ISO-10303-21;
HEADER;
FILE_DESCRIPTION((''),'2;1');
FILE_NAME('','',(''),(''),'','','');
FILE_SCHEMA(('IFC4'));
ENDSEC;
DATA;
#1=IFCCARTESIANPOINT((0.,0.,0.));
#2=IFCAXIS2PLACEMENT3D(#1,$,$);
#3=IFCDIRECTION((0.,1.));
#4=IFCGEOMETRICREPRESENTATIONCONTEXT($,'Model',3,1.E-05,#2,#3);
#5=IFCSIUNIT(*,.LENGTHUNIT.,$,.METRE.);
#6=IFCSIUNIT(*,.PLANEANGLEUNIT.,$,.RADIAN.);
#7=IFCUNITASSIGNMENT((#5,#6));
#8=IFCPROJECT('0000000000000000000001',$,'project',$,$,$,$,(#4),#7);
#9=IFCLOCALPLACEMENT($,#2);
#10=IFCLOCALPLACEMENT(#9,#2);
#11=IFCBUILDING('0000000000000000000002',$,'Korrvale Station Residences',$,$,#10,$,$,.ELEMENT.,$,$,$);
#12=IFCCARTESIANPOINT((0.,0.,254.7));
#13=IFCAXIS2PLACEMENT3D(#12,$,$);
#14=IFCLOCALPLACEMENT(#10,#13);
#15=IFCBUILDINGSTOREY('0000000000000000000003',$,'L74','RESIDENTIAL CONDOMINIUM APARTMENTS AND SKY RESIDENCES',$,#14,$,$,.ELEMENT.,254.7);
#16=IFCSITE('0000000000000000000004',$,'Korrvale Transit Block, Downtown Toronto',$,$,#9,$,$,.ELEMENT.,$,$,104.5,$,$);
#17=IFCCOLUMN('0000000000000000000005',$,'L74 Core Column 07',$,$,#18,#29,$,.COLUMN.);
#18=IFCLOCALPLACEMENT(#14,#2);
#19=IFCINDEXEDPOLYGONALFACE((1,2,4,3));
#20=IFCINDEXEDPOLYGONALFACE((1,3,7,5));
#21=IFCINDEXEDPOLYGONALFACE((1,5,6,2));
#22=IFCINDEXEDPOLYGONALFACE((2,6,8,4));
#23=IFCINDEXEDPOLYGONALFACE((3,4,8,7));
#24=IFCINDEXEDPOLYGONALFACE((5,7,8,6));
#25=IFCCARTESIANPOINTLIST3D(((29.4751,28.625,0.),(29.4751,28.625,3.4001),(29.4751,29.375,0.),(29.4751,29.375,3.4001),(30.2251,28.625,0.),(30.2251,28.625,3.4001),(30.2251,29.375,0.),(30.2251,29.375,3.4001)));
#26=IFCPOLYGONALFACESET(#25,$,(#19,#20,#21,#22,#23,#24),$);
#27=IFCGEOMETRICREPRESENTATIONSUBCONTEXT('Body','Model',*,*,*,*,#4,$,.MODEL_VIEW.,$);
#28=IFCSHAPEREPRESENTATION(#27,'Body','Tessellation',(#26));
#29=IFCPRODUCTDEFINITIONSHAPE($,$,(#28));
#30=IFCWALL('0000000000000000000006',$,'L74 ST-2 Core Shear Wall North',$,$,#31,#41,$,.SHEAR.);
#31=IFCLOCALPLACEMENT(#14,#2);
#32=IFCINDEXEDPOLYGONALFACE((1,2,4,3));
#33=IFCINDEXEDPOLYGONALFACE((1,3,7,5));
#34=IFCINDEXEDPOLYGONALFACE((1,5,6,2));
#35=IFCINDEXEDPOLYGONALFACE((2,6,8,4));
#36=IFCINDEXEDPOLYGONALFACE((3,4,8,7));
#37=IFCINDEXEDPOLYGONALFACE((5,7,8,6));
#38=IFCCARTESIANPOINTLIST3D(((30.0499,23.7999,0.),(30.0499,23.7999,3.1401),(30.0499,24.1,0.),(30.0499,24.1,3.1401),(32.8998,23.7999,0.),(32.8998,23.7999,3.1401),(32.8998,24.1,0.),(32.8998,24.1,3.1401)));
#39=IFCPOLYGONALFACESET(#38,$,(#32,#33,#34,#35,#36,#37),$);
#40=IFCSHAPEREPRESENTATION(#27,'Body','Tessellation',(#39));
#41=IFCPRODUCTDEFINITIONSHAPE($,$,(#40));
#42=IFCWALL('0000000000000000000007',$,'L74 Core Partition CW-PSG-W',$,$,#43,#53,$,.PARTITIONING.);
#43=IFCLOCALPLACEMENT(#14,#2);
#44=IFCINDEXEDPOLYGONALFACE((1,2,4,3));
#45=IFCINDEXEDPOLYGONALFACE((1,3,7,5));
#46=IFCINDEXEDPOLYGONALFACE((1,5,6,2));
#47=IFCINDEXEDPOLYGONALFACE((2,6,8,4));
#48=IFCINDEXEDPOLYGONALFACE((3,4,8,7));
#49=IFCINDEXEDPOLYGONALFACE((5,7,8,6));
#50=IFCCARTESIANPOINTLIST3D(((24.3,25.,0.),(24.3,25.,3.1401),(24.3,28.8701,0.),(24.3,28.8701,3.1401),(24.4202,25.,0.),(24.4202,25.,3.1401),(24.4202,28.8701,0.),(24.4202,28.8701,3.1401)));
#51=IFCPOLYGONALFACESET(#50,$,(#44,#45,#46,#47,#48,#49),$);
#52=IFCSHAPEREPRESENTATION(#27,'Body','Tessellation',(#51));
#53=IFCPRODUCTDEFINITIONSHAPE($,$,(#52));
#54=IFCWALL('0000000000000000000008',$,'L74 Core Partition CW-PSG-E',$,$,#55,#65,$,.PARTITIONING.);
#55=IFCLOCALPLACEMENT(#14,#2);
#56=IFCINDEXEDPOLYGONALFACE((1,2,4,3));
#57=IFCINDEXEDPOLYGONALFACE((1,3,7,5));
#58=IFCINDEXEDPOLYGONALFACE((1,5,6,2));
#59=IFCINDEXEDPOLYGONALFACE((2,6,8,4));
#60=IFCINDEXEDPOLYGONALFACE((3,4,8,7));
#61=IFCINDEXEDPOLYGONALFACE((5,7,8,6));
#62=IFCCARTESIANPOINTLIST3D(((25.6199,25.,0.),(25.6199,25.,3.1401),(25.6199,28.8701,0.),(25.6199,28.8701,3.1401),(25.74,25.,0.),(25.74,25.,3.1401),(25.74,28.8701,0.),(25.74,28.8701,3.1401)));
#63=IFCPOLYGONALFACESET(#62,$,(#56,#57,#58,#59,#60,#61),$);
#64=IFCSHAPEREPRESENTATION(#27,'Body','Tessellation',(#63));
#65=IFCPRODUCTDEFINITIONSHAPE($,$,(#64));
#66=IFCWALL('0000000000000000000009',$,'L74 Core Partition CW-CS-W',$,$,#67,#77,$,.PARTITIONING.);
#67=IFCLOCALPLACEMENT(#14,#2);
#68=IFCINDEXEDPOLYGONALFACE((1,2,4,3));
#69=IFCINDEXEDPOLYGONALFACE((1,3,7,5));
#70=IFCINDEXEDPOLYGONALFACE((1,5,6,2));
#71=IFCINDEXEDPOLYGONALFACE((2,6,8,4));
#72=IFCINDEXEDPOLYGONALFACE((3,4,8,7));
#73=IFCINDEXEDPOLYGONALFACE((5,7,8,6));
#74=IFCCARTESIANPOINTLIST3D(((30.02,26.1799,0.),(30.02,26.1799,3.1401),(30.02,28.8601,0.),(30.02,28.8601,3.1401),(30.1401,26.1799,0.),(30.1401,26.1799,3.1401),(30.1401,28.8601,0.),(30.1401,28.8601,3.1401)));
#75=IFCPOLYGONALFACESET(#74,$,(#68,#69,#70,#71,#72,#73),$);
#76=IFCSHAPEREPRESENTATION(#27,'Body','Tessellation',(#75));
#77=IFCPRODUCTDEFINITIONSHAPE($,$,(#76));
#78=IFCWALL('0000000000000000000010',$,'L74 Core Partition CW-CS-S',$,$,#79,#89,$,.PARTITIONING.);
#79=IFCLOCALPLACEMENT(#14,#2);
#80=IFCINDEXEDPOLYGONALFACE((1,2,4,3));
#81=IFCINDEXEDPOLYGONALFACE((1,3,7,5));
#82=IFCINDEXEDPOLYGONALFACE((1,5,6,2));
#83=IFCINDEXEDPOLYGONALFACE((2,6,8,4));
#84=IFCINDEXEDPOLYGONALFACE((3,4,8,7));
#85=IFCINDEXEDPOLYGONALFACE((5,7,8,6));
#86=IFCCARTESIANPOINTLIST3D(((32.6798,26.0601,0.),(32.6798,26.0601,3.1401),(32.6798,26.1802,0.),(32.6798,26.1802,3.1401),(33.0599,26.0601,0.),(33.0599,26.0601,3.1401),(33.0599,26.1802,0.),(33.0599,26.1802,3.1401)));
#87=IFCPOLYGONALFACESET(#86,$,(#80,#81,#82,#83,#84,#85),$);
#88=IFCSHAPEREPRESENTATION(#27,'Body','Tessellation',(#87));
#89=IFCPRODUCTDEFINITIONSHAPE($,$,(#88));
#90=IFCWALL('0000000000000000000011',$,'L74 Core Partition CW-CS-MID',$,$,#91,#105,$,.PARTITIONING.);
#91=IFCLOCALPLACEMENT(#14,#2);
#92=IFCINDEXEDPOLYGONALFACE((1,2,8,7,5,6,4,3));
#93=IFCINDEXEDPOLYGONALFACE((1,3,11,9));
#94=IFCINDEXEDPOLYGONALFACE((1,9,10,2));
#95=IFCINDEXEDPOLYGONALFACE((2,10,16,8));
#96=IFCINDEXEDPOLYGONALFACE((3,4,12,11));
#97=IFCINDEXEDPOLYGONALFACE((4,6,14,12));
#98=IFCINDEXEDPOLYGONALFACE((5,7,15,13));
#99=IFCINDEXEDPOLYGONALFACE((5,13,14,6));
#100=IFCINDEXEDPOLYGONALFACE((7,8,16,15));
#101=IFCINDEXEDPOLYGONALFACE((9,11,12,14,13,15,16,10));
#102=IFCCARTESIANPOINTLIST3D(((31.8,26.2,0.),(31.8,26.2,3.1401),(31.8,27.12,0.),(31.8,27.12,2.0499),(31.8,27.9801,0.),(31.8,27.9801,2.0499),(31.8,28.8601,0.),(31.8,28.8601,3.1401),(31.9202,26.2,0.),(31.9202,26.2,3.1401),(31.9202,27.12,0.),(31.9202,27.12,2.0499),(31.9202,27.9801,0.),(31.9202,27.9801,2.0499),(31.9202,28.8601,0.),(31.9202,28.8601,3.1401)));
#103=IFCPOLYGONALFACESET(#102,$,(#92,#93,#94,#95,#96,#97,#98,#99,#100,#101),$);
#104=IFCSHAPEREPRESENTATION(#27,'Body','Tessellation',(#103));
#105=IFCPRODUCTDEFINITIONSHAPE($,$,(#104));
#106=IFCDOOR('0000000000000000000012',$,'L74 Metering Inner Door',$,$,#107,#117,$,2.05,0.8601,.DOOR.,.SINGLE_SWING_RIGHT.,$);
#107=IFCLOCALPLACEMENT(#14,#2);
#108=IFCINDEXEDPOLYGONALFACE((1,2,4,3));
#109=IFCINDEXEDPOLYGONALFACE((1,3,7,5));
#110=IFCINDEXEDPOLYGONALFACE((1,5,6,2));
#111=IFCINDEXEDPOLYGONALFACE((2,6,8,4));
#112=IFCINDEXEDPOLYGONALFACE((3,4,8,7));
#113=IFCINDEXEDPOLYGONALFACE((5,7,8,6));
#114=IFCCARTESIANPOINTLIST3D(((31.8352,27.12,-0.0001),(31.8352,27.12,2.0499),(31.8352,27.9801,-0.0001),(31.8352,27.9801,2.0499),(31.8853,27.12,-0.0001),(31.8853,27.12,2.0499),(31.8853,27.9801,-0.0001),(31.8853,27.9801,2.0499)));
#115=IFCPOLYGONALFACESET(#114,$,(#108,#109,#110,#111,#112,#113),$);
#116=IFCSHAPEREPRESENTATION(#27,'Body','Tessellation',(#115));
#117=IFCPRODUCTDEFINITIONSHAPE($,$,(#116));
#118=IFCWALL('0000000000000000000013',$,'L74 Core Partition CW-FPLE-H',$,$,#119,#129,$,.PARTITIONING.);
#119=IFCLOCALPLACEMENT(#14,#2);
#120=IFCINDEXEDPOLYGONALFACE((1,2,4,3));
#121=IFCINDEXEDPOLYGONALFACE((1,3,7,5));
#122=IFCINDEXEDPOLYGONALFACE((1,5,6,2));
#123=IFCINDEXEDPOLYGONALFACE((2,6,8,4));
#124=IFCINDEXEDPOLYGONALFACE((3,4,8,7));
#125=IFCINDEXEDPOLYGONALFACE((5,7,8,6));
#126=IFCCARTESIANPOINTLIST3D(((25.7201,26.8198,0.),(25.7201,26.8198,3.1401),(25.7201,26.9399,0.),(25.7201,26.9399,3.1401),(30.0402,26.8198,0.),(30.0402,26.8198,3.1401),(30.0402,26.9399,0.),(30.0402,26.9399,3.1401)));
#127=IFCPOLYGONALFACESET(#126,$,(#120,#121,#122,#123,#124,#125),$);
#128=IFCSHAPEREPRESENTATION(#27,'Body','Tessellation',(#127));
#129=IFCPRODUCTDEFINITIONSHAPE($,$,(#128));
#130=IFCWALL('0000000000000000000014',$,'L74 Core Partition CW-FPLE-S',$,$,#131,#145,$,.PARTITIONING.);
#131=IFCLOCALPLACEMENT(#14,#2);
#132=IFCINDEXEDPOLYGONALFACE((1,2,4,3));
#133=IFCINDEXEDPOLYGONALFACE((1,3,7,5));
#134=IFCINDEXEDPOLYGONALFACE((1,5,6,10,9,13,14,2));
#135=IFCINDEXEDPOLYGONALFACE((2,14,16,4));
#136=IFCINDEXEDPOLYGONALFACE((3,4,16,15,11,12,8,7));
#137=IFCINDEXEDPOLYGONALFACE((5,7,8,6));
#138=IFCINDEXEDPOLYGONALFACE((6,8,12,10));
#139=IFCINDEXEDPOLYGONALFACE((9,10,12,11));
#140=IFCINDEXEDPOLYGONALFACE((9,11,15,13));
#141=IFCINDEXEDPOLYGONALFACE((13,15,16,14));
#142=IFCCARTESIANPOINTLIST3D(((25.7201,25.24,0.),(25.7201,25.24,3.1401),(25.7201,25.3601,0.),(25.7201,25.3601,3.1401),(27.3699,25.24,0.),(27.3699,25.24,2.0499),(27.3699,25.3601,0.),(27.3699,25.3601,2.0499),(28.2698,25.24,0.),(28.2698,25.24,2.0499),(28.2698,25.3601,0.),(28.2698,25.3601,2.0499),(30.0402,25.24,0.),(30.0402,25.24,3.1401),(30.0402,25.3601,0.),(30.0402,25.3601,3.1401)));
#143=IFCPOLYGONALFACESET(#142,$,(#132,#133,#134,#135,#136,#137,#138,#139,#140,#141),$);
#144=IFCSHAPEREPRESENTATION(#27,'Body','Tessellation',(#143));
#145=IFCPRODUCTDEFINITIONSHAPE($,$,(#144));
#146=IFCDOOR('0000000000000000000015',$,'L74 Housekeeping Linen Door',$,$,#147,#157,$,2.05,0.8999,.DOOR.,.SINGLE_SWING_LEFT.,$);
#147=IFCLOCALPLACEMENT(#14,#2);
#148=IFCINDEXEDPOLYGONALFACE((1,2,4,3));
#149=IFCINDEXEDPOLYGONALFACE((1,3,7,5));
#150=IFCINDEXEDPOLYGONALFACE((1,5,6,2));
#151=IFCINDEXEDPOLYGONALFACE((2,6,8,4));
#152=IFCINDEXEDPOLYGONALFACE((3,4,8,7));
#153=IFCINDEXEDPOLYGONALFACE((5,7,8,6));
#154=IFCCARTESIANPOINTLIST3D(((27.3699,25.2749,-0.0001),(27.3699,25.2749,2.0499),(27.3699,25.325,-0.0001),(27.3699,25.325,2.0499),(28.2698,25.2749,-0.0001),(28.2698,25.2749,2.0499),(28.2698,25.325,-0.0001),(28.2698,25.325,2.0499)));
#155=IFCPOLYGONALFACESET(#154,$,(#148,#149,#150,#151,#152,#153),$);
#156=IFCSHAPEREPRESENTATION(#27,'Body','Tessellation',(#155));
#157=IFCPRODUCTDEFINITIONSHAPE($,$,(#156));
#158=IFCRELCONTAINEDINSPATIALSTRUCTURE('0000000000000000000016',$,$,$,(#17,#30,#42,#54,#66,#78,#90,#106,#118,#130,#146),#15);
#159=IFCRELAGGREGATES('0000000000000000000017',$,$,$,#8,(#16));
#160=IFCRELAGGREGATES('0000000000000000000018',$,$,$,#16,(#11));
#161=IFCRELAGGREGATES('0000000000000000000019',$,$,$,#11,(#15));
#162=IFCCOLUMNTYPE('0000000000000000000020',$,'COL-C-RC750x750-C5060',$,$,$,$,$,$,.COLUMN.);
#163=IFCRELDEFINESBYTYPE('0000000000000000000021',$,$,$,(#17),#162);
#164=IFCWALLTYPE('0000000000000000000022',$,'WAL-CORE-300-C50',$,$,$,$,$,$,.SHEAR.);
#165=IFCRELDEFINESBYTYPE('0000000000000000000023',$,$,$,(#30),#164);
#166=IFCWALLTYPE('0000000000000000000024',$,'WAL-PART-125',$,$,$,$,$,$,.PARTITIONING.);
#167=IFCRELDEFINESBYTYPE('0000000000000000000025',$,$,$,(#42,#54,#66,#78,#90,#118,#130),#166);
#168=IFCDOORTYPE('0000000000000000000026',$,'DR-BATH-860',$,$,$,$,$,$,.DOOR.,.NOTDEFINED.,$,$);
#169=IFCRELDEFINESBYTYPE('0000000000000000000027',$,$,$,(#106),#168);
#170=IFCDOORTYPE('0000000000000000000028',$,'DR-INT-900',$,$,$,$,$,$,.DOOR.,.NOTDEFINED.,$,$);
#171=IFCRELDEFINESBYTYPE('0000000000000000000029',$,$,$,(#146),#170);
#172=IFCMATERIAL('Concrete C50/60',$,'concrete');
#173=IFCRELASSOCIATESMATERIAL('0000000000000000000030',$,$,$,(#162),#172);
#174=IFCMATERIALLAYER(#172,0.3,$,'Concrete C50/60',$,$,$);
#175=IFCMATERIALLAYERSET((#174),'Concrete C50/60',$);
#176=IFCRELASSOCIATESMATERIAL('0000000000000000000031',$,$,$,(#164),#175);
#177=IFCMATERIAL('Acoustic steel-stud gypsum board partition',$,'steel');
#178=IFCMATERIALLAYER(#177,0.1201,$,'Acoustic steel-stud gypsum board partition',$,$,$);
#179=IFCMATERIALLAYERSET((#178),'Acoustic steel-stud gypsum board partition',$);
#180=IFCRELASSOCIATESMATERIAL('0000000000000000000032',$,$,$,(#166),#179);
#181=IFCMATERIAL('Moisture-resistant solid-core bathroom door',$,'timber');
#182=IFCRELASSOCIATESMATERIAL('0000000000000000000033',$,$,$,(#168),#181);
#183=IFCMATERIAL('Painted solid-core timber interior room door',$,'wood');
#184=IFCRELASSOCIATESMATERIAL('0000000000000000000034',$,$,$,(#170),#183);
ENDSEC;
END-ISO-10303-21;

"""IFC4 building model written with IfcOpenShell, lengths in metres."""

from ifc_helpers import new_model, si_unit, direction, frame, frame_2d, origin, origin_2d, place, context, subcontext, project, spatial, rectangle, extrude, material, layer, layer_set, material_profile, profile_set, type_object, element, fill, save


model = new_model("IFC4")

# Units and contexts
model_context = context("Model", 3, precision=1e-05, world=origin(), true_north=direction((0.0, 1.0)))
body_context = subcontext(model_context, "Body", "Model", "MODEL_VIEW")
ifc_project = project(units=[si_unit("LENGTHUNIT", "METRE"), si_unit("PLANEANGLEUNIT", "RADIAN")], contexts=[model_context])

# Site, building, storey
site_placement = place(None, origin())
site = spatial("IfcSite", under=ifc_project, at=site_placement, Name="Korrvale Transit Block, Downtown Toronto", CompositionType="ELEMENT", RefElevation=104.5)
building_placement = place(site_placement, origin())
building = spatial("IfcBuilding", under=site, at=building_placement, Name="Korrvale Station Residences", CompositionType="ELEMENT")
storey_placement = place(building_placement, frame((0.0, 0.0, 254.7)))
storey = spatial("IfcBuildingStorey", under=building, at=storey_placement, Name="L74", Description="RESIDENTIAL CONDOMINIUM APARTMENTS AND SKY RESIDENCES", CompositionType="ELEMENT", Elevation=254.7)

# Column
ifc_material_1 = material(Name="Concrete C50/60", Category="concrete")
ifc_material_profile = material_profile(ifc_material_1, rectangle(XDim=0.75, YDim=0.75, at=origin_2d()), Name="RC750x750")
ifc_profile_set = profile_set([ifc_material_profile], Name="Concrete C50/60")
column_type = type_object("IfcColumnType", Name="COL-C-RC750x750-C5060", PredefinedType="COLUMN", material=ifc_profile_set)
column_placement = place(storey_placement, frame((29.8501, 29.0, 0.0), z_axis=(0.0, 0.0, 1.0), x_axis=(1.0, 0.0, 0.0)))
element("IfcColumn", 1, at=column_placement, inside=storey, type_object=column_type, Name="L74 Core Column 07", PredefinedType="COLUMN", context=body_context, shape_type="SweptSolid", body=[
    extrude(rectangle(XDim=0.75, YDim=0.75, at=origin_2d()), origin(), (0.0, 0.0, 1.0), 3.4001),
])

# Walls
ifc_layer_1 = layer(ifc_material_1, 0.3, Name="Concrete C50/60")
ifc_layer_set_1 = layer_set([ifc_layer_1], Name="Concrete C50/60")
wall_type_1 = type_object("IfcWallType", Name="WAL-CORE-300-C50", PredefinedType="SHEAR", material=ifc_layer_set_1)
wall_1_placement = place(storey_placement, frame((30.05, 23.95, 0.0), z_axis=(0.0, 0.0, 1.0), x_axis=(1.0, 0.0, 0.0)))
element("IfcWall", 2, at=wall_1_placement, inside=storey, type_object=wall_type_1, Name="L74 ST-2 Core Shear Wall North", PredefinedType="SHEAR", context=body_context, shape_type="SweptSolid", body=[
    extrude(rectangle(XDim=2.8499, YDim=0.3, at=frame_2d((1.4248, 0.0))), origin(), (0.0, 0.0, 1.0), 3.1401),
])
ifc_material_2 = material(Name="Acoustic steel-stud gypsum board partition", Category="steel")
ifc_layer_2 = layer(ifc_material_2, 0.1201, Name="Acoustic steel-stud gypsum board partition")
ifc_layer_set_2 = layer_set([ifc_layer_2], Name="Acoustic steel-stud gypsum board partition")
wall_type_2 = type_object("IfcWallType", Name="WAL-PART-125", PredefinedType="PARTITIONING", material=ifc_layer_set_2)
for number, where, z_axis, x_axis, name in (
    (3, (24.3601, 25.0, 0.0), (0.0, 0.0, 1.0), (0.0, 1.0, 0.0), "L74 Core Partition CW-PSG-W"),
    (4, (25.6799, 25.0, 0.0), (0.0, 0.0, 1.0), (0.0, 1.0, 0.0), "L74 Core Partition CW-PSG-E"),
):
    element("IfcWall", number, at=place(storey_placement, frame(where, z_axis=z_axis, x_axis=x_axis)), inside=storey, type_object=wall_type_2, Name=name, PredefinedType="PARTITIONING", context=body_context, shape_type="SweptSolid", body=[
        extrude(rectangle(XDim=3.8701, YDim=0.1201, at=frame_2d((1.9351, 0.0))), origin(), (0.0, 0.0, 1.0), 3.1401),
    ])
wall_2_placement = place(storey_placement, frame((30.0801, 26.1799, 0.0), z_axis=(0.0, 0.0, 1.0), x_axis=(0.0, 1.0, 0.0)))
element("IfcWall", 5, at=wall_2_placement, inside=storey, type_object=wall_type_2, Name="L74 Core Partition CW-CS-W", PredefinedType="PARTITIONING", context=body_context, shape_type="SweptSolid", body=[
    extrude(rectangle(XDim=2.6802, YDim=0.1201, at=frame_2d((1.3401, 0.0))), origin(), (0.0, 0.0, 1.0), 3.1401),
])
wall_3_placement = place(storey_placement, frame((32.6799, 26.1201, 0.0), z_axis=(0.0, 0.0, 1.0), x_axis=(1.0, 0.0, 0.0)))
element("IfcWall", 6, at=wall_3_placement, inside=storey, type_object=wall_type_2, Name="L74 Core Partition CW-CS-S", PredefinedType="PARTITIONING", context=body_context, shape_type="SweptSolid", body=[
    extrude(rectangle(XDim=0.3801, YDim=0.1201, at=frame_2d((0.1899, 0.0))), origin(), (0.0, 0.0, 1.0), 3.1401),
])

# Wall, opening, door
wall_4_placement = place(storey_placement, frame((31.8601, 26.2, 0.0), z_axis=(0.0, 0.0, 1.0), x_axis=(0.0, 1.0, 0.0)))
wall_4 = element("IfcWall", 7, at=wall_4_placement, inside=storey, type_object=wall_type_2, Name="L74 Core Partition CW-CS-MID", PredefinedType="PARTITIONING", context=body_context, shape_type="SweptSolid", body=[
    extrude(rectangle(XDim=2.6602, YDim=0.1201, at=frame_2d((1.3301, 0.0))), origin(), (0.0, 0.0, 1.0), 3.1401),
])
opening_1_placement = place(wall_4_placement, frame((0.9199, 0.0, 0.0)))
opening_1 = element("IfcOpeningElement", 8, at=opening_1_placement, cuts=wall_4, PredefinedType="OPENING", context=body_context, shape_type="SweptSolid", body=[
    extrude(rectangle(XDim=0.8601, YDim=2.05, at=frame_2d((0.4302, 1.0249))), frame((0.0, 0.0701, 0.0), z_axis=(0.0, -1.0, 0.0), x_axis=(1.0, 0.0, 0.0)), (0.0, 0.0, 1.0), 0.1401),
])
ifc_material_3 = material(Name="Moisture-resistant solid-core bathroom door", Category="timber")
door_type_1 = type_object("IfcDoorType", Name="DR-BATH-860", OperationType="NOTDEFINED", PredefinedType="DOOR", material=ifc_material_3)
door_1_placement = place(opening_1_placement, origin())
door_1 = element("IfcDoor", 9, at=door_1_placement, inside=storey, type_object=door_type_1, Name="L74 Metering Inner Door", OperationType="SINGLE_SWING_RIGHT", OverallHeight=2.05, OverallWidth=0.8601, PredefinedType="DOOR", context=body_context, shape_type="SweptSolid", body=[
    extrude(rectangle(XDim=0.8601, YDim=2.05, at=frame_2d((0.4302, 1.0249))), frame((0.0, 0.0249, 0.0), z_axis=(0.0, -1.0, 0.0), x_axis=(1.0, 0.0, 0.0)), (0.0, 0.0, 1.0), 0.05),
])
fill(opening_1, door_1)

# Wall
wall_5_placement = place(storey_placement, frame((25.72, 26.8799, 0.0), z_axis=(0.0, 0.0, 1.0), x_axis=(1.0, 0.0, 0.0)))
element("IfcWall", 10, at=wall_5_placement, inside=storey, type_object=wall_type_2, Name="L74 Core Partition CW-FPLE-H", PredefinedType="PARTITIONING", context=body_context, shape_type="SweptSolid", body=[
    extrude(rectangle(XDim=4.3201, YDim=0.1201, at=frame_2d((2.1602, 0.0))), origin(), (0.0, 0.0, 1.0), 3.1401),
])

# Wall, opening, door
wall_6_placement = place(storey_placement, frame((25.72, 25.3, 0.0), z_axis=(0.0, 0.0, 1.0), x_axis=(1.0, 0.0, 0.0)))
wall_6 = element("IfcWall", 11, at=wall_6_placement, inside=storey, type_object=wall_type_2, Name="L74 Core Partition CW-FPLE-S", PredefinedType="PARTITIONING", context=body_context, shape_type="SweptSolid", body=[
    extrude(rectangle(XDim=4.3201, YDim=0.1201, at=frame_2d((2.1602, 0.0))), origin(), (0.0, 0.0, 1.0), 3.1401),
])
opening_2_placement = place(wall_6_placement, frame((1.6499, 0.0, 0.0)))
opening_2 = element("IfcOpeningElement", 12, at=opening_2_placement, cuts=wall_6, PredefinedType="OPENING", context=body_context, shape_type="SweptSolid", body=[
    extrude(rectangle(XDim=0.8999, YDim=2.05, at=frame_2d((0.45, 1.0249))), frame((0.0, 0.0701, 0.0), z_axis=(0.0, -1.0, 0.0), x_axis=(1.0, 0.0, 0.0)), (0.0, 0.0, 1.0), 0.1401),
])
ifc_material_4 = material(Name="Painted solid-core timber interior room door", Category="wood")
door_type_2 = type_object("IfcDoorType", Name="DR-INT-900", OperationType="NOTDEFINED", PredefinedType="DOOR", material=ifc_material_4)
door_2_placement = place(opening_2_placement, origin())
door_2 = element("IfcDoor", 13, at=door_2_placement, inside=storey, type_object=door_type_2, Name="L74 Housekeeping Linen Door", OperationType="SINGLE_SWING_LEFT", OverallHeight=2.05, OverallWidth=0.8999, PredefinedType="DOOR", context=body_context, shape_type="SweptSolid", body=[
    extrude(rectangle(XDim=0.8999, YDim=2.05, at=frame_2d((0.45, 1.0249))), frame((0.0, 0.0249, 0.0), z_axis=(0.0, -1.0, 0.0), x_axis=(1.0, 0.0, 0.0)), (0.0, 0.0, 1.0), 0.05),
])
fill(opening_2, door_2)

save(model, "model.ifc")
